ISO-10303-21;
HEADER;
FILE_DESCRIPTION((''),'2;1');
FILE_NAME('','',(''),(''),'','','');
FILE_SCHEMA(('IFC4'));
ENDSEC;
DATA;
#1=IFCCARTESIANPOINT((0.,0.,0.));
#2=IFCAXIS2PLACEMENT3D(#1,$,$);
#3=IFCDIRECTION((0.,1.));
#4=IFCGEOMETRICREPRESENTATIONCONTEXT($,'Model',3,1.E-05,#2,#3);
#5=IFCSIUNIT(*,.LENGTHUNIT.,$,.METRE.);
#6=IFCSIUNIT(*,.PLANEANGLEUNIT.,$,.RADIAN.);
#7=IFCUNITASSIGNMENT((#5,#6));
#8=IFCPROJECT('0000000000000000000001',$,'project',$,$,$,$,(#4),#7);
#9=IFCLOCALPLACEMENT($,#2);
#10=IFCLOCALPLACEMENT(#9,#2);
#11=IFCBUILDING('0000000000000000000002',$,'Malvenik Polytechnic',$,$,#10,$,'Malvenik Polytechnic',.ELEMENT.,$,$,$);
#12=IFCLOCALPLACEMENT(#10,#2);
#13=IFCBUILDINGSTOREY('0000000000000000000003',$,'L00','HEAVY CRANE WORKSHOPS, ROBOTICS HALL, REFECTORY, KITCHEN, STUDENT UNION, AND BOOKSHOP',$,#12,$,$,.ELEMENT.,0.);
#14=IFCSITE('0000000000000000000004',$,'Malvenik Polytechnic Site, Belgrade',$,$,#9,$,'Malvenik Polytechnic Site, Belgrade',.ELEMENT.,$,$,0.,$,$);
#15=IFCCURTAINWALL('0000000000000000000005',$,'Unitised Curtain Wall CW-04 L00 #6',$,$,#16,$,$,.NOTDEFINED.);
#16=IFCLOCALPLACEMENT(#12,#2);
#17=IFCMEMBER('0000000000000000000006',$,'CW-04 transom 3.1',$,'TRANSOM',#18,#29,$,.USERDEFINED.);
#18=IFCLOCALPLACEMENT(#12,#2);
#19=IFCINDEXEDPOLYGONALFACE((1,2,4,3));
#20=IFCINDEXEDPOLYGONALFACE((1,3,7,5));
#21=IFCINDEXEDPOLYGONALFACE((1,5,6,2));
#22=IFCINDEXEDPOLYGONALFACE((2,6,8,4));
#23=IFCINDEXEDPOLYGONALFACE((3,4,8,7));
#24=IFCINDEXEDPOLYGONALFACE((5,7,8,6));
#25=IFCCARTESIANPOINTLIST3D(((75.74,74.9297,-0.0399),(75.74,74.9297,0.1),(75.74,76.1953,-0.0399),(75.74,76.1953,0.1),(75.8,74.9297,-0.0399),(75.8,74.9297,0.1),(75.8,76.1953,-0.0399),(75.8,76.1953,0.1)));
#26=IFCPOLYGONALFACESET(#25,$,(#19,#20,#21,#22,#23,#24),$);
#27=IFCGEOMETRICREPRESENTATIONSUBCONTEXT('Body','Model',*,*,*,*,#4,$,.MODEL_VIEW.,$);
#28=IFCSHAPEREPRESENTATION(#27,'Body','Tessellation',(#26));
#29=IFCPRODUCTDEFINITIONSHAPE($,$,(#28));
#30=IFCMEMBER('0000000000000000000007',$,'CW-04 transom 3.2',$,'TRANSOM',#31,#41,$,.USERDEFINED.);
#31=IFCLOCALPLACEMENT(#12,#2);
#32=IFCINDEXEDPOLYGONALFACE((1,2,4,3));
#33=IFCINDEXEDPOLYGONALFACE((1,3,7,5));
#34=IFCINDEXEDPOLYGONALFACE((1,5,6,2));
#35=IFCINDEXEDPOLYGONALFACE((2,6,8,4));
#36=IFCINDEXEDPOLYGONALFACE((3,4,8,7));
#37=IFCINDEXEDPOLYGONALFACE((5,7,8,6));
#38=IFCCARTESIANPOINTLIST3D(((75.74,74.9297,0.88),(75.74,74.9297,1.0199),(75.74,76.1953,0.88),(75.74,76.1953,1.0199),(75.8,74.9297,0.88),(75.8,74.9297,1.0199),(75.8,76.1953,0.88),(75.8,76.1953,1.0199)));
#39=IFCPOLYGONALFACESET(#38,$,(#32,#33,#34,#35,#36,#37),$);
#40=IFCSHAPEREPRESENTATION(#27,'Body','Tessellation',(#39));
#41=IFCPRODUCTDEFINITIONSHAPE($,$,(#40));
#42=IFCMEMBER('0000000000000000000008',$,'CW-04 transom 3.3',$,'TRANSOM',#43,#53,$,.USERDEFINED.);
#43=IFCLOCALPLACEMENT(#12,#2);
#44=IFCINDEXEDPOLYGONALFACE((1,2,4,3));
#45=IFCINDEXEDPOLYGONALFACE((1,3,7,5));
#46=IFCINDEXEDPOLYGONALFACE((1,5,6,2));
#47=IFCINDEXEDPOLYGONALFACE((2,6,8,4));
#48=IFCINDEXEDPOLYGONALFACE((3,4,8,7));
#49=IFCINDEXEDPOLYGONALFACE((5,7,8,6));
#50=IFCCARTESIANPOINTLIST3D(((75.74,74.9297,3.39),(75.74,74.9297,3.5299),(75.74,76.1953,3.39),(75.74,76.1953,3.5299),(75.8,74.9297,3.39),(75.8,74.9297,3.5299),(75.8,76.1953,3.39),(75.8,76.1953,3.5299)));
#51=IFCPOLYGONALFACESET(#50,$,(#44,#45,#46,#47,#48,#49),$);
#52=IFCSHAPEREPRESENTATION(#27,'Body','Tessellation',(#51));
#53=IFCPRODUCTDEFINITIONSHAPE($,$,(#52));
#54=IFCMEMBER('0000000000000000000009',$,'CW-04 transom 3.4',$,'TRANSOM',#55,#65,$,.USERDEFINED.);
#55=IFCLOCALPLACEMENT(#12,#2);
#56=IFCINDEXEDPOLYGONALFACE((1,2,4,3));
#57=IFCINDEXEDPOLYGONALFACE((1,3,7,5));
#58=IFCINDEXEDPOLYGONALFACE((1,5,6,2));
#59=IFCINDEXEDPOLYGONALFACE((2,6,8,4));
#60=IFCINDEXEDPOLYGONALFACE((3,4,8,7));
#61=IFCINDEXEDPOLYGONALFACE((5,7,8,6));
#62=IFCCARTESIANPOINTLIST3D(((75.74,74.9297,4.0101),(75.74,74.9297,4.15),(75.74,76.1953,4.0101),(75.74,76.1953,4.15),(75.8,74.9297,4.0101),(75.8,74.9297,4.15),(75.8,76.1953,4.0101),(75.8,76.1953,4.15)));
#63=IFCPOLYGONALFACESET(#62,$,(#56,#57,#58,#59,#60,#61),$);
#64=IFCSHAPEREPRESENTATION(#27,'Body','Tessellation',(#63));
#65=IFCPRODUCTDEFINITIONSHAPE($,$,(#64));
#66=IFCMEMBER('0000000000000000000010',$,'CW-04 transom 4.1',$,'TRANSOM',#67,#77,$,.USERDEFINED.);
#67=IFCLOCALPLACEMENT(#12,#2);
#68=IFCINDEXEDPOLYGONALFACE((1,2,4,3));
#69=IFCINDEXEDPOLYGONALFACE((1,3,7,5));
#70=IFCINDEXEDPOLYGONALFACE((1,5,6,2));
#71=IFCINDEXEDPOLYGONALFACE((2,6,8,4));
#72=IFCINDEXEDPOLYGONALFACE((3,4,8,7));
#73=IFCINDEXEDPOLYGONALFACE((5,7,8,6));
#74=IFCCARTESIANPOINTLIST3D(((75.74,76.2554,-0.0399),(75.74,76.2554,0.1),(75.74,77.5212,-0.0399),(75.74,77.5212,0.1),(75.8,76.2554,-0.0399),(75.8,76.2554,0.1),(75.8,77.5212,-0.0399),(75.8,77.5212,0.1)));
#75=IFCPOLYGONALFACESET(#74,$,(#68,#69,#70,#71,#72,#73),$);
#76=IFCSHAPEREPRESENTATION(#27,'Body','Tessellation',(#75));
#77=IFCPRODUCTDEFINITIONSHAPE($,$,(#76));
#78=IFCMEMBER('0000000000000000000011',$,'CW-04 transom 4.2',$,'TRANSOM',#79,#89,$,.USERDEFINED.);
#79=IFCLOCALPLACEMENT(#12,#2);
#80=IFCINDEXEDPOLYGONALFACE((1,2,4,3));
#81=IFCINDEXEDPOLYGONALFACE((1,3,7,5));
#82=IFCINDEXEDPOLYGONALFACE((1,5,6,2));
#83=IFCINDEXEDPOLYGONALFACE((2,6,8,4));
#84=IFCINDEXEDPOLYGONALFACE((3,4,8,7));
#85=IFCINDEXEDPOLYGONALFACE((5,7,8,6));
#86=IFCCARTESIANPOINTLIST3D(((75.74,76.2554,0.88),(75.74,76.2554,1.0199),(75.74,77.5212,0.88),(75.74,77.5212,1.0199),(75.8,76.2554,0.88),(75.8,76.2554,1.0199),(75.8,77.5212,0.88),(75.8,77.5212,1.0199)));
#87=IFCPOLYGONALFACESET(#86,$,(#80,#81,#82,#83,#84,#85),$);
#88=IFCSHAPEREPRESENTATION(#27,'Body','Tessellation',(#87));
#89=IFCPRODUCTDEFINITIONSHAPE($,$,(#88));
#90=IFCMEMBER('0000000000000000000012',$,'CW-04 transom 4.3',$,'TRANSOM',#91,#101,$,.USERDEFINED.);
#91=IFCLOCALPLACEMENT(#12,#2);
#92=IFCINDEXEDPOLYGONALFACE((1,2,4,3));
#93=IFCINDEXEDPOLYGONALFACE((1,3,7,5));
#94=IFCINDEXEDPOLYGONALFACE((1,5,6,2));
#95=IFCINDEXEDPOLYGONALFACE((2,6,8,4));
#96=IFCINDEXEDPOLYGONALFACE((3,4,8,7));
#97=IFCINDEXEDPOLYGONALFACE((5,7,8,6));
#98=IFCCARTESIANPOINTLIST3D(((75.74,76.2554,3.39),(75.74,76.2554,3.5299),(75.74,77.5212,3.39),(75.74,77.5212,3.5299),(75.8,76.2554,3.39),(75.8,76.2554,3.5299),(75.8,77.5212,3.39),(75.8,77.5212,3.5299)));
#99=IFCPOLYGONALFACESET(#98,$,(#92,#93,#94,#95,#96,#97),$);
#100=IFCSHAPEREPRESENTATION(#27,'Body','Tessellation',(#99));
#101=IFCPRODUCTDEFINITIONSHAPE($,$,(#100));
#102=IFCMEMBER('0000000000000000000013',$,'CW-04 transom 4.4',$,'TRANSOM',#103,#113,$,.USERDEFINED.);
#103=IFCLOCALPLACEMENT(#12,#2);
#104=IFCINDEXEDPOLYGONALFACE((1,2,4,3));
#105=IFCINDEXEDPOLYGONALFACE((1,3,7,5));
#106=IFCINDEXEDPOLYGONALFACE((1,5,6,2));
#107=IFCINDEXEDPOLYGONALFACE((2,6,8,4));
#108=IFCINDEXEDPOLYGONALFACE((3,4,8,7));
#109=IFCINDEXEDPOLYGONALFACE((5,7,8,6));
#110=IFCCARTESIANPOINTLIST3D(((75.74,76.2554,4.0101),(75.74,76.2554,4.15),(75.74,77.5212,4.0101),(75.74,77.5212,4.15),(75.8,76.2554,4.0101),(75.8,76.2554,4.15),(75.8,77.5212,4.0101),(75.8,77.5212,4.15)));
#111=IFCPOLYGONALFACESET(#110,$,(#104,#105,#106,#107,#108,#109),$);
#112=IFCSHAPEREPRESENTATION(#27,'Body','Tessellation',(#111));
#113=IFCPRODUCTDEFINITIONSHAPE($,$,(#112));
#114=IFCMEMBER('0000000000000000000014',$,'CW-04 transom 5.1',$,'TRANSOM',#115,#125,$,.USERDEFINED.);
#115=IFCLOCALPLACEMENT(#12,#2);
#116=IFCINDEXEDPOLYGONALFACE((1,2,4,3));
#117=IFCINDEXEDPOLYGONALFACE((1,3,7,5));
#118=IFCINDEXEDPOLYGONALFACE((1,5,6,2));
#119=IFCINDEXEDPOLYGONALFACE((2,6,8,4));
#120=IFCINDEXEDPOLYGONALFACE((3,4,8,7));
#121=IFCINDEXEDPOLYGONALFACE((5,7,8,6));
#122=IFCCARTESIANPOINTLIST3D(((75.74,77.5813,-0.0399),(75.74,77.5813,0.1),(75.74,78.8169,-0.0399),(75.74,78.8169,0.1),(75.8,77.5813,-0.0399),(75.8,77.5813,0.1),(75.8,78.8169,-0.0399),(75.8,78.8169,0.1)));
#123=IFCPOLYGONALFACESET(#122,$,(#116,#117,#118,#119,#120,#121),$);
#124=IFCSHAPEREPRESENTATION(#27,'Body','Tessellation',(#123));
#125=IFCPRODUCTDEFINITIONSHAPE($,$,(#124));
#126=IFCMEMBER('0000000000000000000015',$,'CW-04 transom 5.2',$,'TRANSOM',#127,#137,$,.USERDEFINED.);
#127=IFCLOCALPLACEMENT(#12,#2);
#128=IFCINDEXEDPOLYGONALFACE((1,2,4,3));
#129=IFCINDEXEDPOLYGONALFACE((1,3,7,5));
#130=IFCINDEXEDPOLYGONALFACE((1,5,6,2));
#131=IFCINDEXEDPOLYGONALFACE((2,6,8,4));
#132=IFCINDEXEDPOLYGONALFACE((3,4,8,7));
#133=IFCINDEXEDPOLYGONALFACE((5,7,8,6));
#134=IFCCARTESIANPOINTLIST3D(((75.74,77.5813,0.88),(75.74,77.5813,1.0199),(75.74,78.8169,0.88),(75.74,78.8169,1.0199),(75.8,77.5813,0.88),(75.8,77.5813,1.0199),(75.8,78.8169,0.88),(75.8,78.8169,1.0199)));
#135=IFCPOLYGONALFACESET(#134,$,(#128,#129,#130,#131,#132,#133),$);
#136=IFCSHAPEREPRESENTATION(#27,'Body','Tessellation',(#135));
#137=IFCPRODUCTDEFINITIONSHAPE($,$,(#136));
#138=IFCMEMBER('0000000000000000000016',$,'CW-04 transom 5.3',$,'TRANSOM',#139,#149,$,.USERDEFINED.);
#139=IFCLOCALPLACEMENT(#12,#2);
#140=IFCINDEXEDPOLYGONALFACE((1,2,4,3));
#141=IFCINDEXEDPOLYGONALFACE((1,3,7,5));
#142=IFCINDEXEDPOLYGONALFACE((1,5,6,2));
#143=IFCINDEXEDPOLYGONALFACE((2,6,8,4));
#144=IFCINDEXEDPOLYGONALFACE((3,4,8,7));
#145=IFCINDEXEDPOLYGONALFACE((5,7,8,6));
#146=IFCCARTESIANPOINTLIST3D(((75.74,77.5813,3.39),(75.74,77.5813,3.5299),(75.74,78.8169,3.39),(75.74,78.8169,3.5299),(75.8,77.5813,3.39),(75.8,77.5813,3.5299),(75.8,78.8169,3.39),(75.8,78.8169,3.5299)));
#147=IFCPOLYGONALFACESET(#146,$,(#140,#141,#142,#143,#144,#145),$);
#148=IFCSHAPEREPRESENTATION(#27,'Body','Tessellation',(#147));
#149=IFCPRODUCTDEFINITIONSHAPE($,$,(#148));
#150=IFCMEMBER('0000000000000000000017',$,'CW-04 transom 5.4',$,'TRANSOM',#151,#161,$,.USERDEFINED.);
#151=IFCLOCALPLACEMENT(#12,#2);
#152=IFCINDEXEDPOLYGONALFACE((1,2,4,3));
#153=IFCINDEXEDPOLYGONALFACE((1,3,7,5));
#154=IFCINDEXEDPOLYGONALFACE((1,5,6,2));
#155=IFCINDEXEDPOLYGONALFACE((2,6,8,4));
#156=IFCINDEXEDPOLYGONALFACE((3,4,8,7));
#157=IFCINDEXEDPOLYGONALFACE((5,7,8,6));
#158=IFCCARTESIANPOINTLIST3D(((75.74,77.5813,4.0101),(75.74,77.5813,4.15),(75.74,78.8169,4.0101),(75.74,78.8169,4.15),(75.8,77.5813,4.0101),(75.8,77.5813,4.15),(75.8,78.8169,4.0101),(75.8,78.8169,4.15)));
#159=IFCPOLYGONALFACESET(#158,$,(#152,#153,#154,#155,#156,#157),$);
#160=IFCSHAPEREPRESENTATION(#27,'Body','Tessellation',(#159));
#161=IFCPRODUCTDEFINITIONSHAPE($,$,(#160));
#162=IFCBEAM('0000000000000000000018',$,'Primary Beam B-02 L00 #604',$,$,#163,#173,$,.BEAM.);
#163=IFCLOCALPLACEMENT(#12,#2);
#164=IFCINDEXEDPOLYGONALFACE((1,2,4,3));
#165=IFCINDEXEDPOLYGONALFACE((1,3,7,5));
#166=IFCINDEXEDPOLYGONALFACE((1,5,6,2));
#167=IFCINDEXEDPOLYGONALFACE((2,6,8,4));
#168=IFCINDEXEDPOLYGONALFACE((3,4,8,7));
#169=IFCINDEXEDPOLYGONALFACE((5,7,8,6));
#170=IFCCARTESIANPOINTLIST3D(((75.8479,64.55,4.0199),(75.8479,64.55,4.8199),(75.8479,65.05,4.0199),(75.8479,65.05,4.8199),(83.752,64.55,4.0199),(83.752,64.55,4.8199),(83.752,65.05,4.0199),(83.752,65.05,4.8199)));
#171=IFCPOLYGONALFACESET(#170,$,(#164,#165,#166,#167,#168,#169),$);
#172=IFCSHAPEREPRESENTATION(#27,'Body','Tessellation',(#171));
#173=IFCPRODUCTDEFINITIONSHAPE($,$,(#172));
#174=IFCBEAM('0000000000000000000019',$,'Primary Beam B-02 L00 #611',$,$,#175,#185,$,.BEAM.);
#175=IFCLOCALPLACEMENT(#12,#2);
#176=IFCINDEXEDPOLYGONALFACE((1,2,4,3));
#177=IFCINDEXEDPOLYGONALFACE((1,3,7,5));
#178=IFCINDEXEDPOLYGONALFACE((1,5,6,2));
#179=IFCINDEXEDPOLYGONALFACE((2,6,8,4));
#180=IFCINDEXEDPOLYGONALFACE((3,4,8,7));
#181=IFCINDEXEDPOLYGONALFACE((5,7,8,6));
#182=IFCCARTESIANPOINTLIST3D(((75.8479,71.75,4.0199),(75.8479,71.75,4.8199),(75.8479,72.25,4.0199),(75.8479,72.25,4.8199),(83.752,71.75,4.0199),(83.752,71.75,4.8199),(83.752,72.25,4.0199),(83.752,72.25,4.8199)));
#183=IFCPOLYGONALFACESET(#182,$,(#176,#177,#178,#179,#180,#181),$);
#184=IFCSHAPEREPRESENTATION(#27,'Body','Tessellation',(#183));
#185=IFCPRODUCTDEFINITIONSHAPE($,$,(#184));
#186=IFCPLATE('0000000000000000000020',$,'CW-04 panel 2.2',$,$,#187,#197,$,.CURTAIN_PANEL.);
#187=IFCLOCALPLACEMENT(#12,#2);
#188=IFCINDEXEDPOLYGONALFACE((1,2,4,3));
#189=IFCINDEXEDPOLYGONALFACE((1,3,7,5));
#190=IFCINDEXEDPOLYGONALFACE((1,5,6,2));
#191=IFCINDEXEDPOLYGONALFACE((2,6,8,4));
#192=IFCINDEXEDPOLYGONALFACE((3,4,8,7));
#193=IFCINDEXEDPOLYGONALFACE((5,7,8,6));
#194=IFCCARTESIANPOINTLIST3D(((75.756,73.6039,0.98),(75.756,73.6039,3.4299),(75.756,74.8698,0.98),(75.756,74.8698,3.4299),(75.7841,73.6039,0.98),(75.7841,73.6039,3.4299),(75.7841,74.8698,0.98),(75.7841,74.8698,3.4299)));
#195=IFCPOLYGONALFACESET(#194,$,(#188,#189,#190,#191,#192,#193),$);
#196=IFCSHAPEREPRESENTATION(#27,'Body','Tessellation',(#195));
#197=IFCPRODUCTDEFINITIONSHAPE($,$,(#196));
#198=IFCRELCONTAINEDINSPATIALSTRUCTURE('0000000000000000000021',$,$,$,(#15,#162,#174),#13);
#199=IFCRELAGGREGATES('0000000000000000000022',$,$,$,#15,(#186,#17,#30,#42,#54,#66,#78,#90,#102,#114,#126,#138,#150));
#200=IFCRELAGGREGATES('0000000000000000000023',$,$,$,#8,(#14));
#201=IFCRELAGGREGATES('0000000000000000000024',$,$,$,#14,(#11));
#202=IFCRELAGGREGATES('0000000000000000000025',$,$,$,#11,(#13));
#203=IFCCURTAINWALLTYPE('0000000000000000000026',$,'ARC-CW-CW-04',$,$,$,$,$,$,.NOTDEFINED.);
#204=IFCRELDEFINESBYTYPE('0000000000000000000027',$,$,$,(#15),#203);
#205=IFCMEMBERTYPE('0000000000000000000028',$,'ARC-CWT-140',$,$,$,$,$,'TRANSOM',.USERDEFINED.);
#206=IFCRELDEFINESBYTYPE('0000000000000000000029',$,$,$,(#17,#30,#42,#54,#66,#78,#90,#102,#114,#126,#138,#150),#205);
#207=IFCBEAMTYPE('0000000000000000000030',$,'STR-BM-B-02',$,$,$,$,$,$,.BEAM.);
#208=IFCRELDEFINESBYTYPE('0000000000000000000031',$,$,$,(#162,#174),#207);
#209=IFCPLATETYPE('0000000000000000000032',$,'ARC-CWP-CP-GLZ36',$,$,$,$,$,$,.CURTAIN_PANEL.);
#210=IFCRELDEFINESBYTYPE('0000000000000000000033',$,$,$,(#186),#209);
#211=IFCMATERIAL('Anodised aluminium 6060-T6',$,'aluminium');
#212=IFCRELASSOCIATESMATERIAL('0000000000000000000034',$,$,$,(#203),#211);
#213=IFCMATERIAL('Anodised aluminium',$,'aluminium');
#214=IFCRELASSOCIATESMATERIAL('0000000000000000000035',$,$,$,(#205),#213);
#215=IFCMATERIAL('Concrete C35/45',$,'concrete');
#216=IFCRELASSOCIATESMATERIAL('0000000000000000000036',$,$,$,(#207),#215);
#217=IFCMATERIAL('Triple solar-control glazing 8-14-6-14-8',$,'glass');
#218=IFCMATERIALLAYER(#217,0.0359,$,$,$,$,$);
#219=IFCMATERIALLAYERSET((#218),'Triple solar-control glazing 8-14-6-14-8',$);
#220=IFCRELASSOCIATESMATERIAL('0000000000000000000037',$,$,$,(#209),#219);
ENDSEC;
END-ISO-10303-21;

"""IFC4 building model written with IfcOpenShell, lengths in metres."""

from ifc_helpers import new_model, si_unit, direction, frame, origin, origin_2d, place, context, subcontext, project, spatial, rectangle, extrude, material, layer, layer_set, material_profile, profile_set, type_object, element, aggregate, save


model = new_model("IFC4")

# Units and contexts
model_context = context("Model", 3, precision=1e-05, world=origin(), true_north=direction((0.0, 1.0)))
body_context = subcontext(model_context, "Body", "Model", "MODEL_VIEW")
ifc_project = project(units=[si_unit("LENGTHUNIT", "METRE"), si_unit("PLANEANGLEUNIT", "RADIAN")], contexts=[model_context])

# Site, building, storey
site_placement = place(None, origin())
site = spatial("IfcSite", under=ifc_project, at=site_placement, Name="Malvenik Polytechnic Site, Belgrade", LongName="Malvenik Polytechnic Site, Belgrade", CompositionType="ELEMENT", RefElevation=0.0)
building_placement = place(site_placement, origin())
building = spatial("IfcBuilding", under=site, at=building_placement, Name="Malvenik Polytechnic", LongName="Malvenik Polytechnic", CompositionType="ELEMENT")
storey_placement = place(building_placement, origin())
storey = spatial("IfcBuildingStorey", under=building, at=storey_placement, Name="L00", Description="HEAVY CRANE WORKSHOPS, ROBOTICS HALL, REFECTORY, KITCHEN, STUDENT UNION, AND BOOKSHOP", CompositionType="ELEMENT", Elevation=0.0)

# Curtain wall, members
ifc_material_1 = material(Name="Anodised aluminium 6060-T6", Category="aluminium")
curtain_wall_type = type_object("IfcCurtainWallType", Name="ARC-CW-CW-04", PredefinedType="NOTDEFINED", material=ifc_material_1)
curtain_wall_placement = place(storey_placement, origin())
curtain_wall = element("IfcCurtainWall", 1, at=curtain_wall_placement, inside=storey, type_object=curtain_wall_type, Name="Unitised Curtain Wall CW-04 L00 #6", PredefinedType="NOTDEFINED")
ifc_material_2 = material(Name="Anodised aluminium", Category="aluminium")
ifc_material_profile_1 = material_profile(ifc_material_2, rectangle(XDim=0.0601, YDim=0.1399, at=origin_2d()), Name="ALU TRANSOM 60x140")
ifc_profile_set_1 = profile_set([ifc_material_profile_1], Name="Anodised aluminium")
member_type_1 = type_object("IfcMemberType", Name="ARC-CWT-140", ElementType="TRANSOM", PredefinedType="USERDEFINED", material=ifc_profile_set_1)
member_1_placement = place(storey_placement, frame((75.77, 74.9297, 0.03), z_axis=(0.0, 1.0, 0.0), x_axis=(-1.0, 0.0, 0.0)))
member_1 = element("IfcMember", 2, at=member_1_placement, type_object=member_type_1, Name="CW-04 transom 3.1", ObjectType="TRANSOM", PredefinedType="USERDEFINED", context=body_context, shape_type="SweptSolid", body=[
    extrude(rectangle(XDim=0.0601, YDim=0.1399, at=origin_2d()), origin(), (0.0, 0.0, 1.0), 1.2656),
])
member_2_placement = place(storey_placement, frame((75.77, 74.9297, 0.95), z_axis=(0.0, 1.0, 0.0), x_axis=(-1.0, 0.0, 0.0)))
member_2 = element("IfcMember", 3, at=member_2_placement, type_object=member_type_1, Name="CW-04 transom 3.2", ObjectType="TRANSOM", PredefinedType="USERDEFINED", context=body_context, shape_type="SweptSolid", body=[
    extrude(rectangle(XDim=0.0601, YDim=0.1399, at=origin_2d()), origin(), (0.0, 0.0, 1.0), 1.2656),
])
member_3_placement = place(storey_placement, frame((75.77, 74.9297, 3.46), z_axis=(0.0, 1.0, 0.0), x_axis=(-1.0, 0.0, 0.0)))
member_3 = element("IfcMember", 4, at=member_3_placement, type_object=member_type_1, Name="CW-04 transom 3.3", ObjectType="TRANSOM", PredefinedType="USERDEFINED", context=body_context, shape_type="SweptSolid", body=[
    extrude(rectangle(XDim=0.0601, YDim=0.1399, at=origin_2d()), origin(), (0.0, 0.0, 1.0), 1.2656),
])
member_4_placement = place(storey_placement, frame((75.77, 74.9297, 4.0801), z_axis=(0.0, 1.0, 0.0), x_axis=(-1.0, 0.0, 0.0)))
member_4 = element("IfcMember", 5, at=member_4_placement, type_object=member_type_1, Name="CW-04 transom 3.4", ObjectType="TRANSOM", PredefinedType="USERDEFINED", context=body_context, shape_type="SweptSolid", body=[
    extrude(rectangle(XDim=0.0601, YDim=0.1399, at=origin_2d()), origin(), (0.0, 0.0, 1.0), 1.2656),
])
member_5_placement = place(storey_placement, frame((75.77, 76.2554, 0.03), z_axis=(0.0, 1.0, 0.0), x_axis=(-1.0, 0.0, 0.0)))
member_5 = element("IfcMember", 6, at=member_5_placement, type_object=member_type_1, Name="CW-04 transom 4.1", ObjectType="TRANSOM", PredefinedType="USERDEFINED", context=body_context, shape_type="SweptSolid", body=[
    extrude(rectangle(XDim=0.0601, YDim=0.1399, at=origin_2d()), origin(), (0.0, 0.0, 1.0), 1.2659),
])
member_6_placement = place(storey_placement, frame((75.77, 76.2554, 0.95), z_axis=(0.0, 1.0, 0.0), x_axis=(-1.0, 0.0, 0.0)))
member_6 = element("IfcMember", 7, at=member_6_placement, type_object=member_type_1, Name="CW-04 transom 4.2", ObjectType="TRANSOM", PredefinedType="USERDEFINED", context=body_context, shape_type="SweptSolid", body=[
    extrude(rectangle(XDim=0.0601, YDim=0.1399, at=origin_2d()), origin(), (0.0, 0.0, 1.0), 1.2659),
])
member_7_placement = place(storey_placement, frame((75.77, 76.2554, 3.46), z_axis=(0.0, 1.0, 0.0), x_axis=(-1.0, 0.0, 0.0)))
member_7 = element("IfcMember", 8, at=member_7_placement, type_object=member_type_1, Name="CW-04 transom 4.3", ObjectType="TRANSOM", PredefinedType="USERDEFINED", context=body_context, shape_type="SweptSolid", body=[
    extrude(rectangle(XDim=0.0601, YDim=0.1399, at=origin_2d()), origin(), (0.0, 0.0, 1.0), 1.2659),
])
member_8_placement = place(storey_placement, frame((75.77, 76.2554, 4.0801), z_axis=(0.0, 1.0, 0.0), x_axis=(-1.0, 0.0, 0.0)))
member_8 = element("IfcMember", 9, at=member_8_placement, type_object=member_type_1, Name="CW-04 transom 4.4", ObjectType="TRANSOM", PredefinedType="USERDEFINED", context=body_context, shape_type="SweptSolid", body=[
    extrude(rectangle(XDim=0.0601, YDim=0.1399, at=origin_2d()), origin(), (0.0, 0.0, 1.0), 1.2659),
])
member_9_placement = place(storey_placement, frame((75.77, 77.5813, 0.03), z_axis=(0.0, 1.0, 0.0), x_axis=(-1.0, 0.0, 0.0)))
member_9 = element("IfcMember", 10, at=member_9_placement, type_object=member_type_1, Name="CW-04 transom 5.1", ObjectType="TRANSOM", PredefinedType="USERDEFINED", context=body_context, shape_type="SweptSolid", body=[
    extrude(rectangle(XDim=0.0601, YDim=0.1399, at=origin_2d()), origin(), (0.0, 0.0, 1.0), 1.2356),
])
member_10_placement = place(storey_placement, frame((75.77, 77.5813, 0.95), z_axis=(0.0, 1.0, 0.0), x_axis=(-1.0, 0.0, 0.0)))
member_10 = element("IfcMember", 11, at=member_10_placement, type_object=member_type_1, Name="CW-04 transom 5.2", ObjectType="TRANSOM", PredefinedType="USERDEFINED", context=body_context, shape_type="SweptSolid", body=[
    extrude(rectangle(XDim=0.0601, YDim=0.1399, at=origin_2d()), origin(), (0.0, 0.0, 1.0), 1.2356),
])
member_11_placement = place(storey_placement, frame((75.77, 77.5813, 3.46), z_axis=(0.0, 1.0, 0.0), x_axis=(-1.0, 0.0, 0.0)))
member_11 = element("IfcMember", 12, at=member_11_placement, type_object=member_type_1, Name="CW-04 transom 5.3", ObjectType="TRANSOM", PredefinedType="USERDEFINED", context=body_context, shape_type="SweptSolid", body=[
    extrude(rectangle(XDim=0.0601, YDim=0.1399, at=origin_2d()), origin(), (0.0, 0.0, 1.0), 1.2356),
])
member_12_placement = place(storey_placement, frame((75.77, 77.5813, 4.0801), z_axis=(0.0, 1.0, 0.0), x_axis=(-1.0, 0.0, 0.0)))
member_12 = element("IfcMember", 13, at=member_12_placement, type_object=member_type_1, Name="CW-04 transom 5.4", ObjectType="TRANSOM", PredefinedType="USERDEFINED", context=body_context, shape_type="SweptSolid", body=[
    extrude(rectangle(XDim=0.0601, YDim=0.1399, at=origin_2d()), origin(), (0.0, 0.0, 1.0), 1.2356),
])

# Beams
ifc_material_3 = material(Name="Concrete C35/45", Category="concrete")
ifc_material_profile_2 = material_profile(ifc_material_3, rectangle(XDim=0.5, YDim=0.8, at=origin_2d()), Name="RC BM 500x800")
ifc_profile_set_2 = profile_set([ifc_material_profile_2], Name="Concrete C35/45")
beam_type = type_object("IfcBeamType", Name="STR-BM-B-02", PredefinedType="BEAM", material=ifc_profile_set_2)
for number, where, z_axis, x_axis, name in (
    (14, (75.8479, 64.8, 4.4199), (1.0, 0.0, 0.0), (0.0, 1.0, 0.0), "Primary Beam B-02 L00 #604"),
    (15, (75.8479, 72.0, 4.4199), (1.0, 0.0, 0.0), (0.0, 1.0, 0.0), "Primary Beam B-02 L00 #611"),
):
    element("IfcBeam", number, at=place(storey_placement, frame(where, z_axis=z_axis, x_axis=x_axis)), inside=storey, type_object=beam_type, Name=name, PredefinedType="BEAM", context=body_context, shape_type="SweptSolid", body=[
        extrude(rectangle(XDim=0.5, YDim=0.8, at=origin_2d()), origin(), (0.0, 0.0, 1.0), 7.9041),
    ])

# Plate
ifc_material_4 = material(Name="Triple solar-control glazing 8-14-6-14-8", Category="glass")
ifc_layer_1 = layer(ifc_material_4, 0.0359)
ifc_layer_set_1 = layer_set([ifc_layer_1], Name="Triple solar-control glazing 8-14-6-14-8")
plate_type_1 = type_object("IfcPlateType", Name="ARC-CWP-CP-GLZ36", PredefinedType="CURTAIN_PANEL", material=ifc_layer_set_1)
plate_1_placement = place(storey_placement, frame((75.77, 74.2368, 0.98), z_axis=(0.0, 0.0, 1.0), x_axis=(0.0, 1.0, 0.0)))
plate_1 = element("IfcPlate", 16, at=plate_1_placement, type_object=plate_type_1, Name="CW-04 panel 2.2", PredefinedType="CURTAIN_PANEL", context=body_context, shape_type="SweptSolid", body=[
    extrude(rectangle(XDim=1.2659, YDim=0.0281, at=origin_2d()), origin(), (0.0, 0.0, 1.0), 2.45),
])
aggregate(curtain_wall, [plate_1, member_1, member_2, member_3, member_4, member_5, member_6, member_7, member_8, member_9, member_10, member_11, member_12])

save(model, "model.ifc")
